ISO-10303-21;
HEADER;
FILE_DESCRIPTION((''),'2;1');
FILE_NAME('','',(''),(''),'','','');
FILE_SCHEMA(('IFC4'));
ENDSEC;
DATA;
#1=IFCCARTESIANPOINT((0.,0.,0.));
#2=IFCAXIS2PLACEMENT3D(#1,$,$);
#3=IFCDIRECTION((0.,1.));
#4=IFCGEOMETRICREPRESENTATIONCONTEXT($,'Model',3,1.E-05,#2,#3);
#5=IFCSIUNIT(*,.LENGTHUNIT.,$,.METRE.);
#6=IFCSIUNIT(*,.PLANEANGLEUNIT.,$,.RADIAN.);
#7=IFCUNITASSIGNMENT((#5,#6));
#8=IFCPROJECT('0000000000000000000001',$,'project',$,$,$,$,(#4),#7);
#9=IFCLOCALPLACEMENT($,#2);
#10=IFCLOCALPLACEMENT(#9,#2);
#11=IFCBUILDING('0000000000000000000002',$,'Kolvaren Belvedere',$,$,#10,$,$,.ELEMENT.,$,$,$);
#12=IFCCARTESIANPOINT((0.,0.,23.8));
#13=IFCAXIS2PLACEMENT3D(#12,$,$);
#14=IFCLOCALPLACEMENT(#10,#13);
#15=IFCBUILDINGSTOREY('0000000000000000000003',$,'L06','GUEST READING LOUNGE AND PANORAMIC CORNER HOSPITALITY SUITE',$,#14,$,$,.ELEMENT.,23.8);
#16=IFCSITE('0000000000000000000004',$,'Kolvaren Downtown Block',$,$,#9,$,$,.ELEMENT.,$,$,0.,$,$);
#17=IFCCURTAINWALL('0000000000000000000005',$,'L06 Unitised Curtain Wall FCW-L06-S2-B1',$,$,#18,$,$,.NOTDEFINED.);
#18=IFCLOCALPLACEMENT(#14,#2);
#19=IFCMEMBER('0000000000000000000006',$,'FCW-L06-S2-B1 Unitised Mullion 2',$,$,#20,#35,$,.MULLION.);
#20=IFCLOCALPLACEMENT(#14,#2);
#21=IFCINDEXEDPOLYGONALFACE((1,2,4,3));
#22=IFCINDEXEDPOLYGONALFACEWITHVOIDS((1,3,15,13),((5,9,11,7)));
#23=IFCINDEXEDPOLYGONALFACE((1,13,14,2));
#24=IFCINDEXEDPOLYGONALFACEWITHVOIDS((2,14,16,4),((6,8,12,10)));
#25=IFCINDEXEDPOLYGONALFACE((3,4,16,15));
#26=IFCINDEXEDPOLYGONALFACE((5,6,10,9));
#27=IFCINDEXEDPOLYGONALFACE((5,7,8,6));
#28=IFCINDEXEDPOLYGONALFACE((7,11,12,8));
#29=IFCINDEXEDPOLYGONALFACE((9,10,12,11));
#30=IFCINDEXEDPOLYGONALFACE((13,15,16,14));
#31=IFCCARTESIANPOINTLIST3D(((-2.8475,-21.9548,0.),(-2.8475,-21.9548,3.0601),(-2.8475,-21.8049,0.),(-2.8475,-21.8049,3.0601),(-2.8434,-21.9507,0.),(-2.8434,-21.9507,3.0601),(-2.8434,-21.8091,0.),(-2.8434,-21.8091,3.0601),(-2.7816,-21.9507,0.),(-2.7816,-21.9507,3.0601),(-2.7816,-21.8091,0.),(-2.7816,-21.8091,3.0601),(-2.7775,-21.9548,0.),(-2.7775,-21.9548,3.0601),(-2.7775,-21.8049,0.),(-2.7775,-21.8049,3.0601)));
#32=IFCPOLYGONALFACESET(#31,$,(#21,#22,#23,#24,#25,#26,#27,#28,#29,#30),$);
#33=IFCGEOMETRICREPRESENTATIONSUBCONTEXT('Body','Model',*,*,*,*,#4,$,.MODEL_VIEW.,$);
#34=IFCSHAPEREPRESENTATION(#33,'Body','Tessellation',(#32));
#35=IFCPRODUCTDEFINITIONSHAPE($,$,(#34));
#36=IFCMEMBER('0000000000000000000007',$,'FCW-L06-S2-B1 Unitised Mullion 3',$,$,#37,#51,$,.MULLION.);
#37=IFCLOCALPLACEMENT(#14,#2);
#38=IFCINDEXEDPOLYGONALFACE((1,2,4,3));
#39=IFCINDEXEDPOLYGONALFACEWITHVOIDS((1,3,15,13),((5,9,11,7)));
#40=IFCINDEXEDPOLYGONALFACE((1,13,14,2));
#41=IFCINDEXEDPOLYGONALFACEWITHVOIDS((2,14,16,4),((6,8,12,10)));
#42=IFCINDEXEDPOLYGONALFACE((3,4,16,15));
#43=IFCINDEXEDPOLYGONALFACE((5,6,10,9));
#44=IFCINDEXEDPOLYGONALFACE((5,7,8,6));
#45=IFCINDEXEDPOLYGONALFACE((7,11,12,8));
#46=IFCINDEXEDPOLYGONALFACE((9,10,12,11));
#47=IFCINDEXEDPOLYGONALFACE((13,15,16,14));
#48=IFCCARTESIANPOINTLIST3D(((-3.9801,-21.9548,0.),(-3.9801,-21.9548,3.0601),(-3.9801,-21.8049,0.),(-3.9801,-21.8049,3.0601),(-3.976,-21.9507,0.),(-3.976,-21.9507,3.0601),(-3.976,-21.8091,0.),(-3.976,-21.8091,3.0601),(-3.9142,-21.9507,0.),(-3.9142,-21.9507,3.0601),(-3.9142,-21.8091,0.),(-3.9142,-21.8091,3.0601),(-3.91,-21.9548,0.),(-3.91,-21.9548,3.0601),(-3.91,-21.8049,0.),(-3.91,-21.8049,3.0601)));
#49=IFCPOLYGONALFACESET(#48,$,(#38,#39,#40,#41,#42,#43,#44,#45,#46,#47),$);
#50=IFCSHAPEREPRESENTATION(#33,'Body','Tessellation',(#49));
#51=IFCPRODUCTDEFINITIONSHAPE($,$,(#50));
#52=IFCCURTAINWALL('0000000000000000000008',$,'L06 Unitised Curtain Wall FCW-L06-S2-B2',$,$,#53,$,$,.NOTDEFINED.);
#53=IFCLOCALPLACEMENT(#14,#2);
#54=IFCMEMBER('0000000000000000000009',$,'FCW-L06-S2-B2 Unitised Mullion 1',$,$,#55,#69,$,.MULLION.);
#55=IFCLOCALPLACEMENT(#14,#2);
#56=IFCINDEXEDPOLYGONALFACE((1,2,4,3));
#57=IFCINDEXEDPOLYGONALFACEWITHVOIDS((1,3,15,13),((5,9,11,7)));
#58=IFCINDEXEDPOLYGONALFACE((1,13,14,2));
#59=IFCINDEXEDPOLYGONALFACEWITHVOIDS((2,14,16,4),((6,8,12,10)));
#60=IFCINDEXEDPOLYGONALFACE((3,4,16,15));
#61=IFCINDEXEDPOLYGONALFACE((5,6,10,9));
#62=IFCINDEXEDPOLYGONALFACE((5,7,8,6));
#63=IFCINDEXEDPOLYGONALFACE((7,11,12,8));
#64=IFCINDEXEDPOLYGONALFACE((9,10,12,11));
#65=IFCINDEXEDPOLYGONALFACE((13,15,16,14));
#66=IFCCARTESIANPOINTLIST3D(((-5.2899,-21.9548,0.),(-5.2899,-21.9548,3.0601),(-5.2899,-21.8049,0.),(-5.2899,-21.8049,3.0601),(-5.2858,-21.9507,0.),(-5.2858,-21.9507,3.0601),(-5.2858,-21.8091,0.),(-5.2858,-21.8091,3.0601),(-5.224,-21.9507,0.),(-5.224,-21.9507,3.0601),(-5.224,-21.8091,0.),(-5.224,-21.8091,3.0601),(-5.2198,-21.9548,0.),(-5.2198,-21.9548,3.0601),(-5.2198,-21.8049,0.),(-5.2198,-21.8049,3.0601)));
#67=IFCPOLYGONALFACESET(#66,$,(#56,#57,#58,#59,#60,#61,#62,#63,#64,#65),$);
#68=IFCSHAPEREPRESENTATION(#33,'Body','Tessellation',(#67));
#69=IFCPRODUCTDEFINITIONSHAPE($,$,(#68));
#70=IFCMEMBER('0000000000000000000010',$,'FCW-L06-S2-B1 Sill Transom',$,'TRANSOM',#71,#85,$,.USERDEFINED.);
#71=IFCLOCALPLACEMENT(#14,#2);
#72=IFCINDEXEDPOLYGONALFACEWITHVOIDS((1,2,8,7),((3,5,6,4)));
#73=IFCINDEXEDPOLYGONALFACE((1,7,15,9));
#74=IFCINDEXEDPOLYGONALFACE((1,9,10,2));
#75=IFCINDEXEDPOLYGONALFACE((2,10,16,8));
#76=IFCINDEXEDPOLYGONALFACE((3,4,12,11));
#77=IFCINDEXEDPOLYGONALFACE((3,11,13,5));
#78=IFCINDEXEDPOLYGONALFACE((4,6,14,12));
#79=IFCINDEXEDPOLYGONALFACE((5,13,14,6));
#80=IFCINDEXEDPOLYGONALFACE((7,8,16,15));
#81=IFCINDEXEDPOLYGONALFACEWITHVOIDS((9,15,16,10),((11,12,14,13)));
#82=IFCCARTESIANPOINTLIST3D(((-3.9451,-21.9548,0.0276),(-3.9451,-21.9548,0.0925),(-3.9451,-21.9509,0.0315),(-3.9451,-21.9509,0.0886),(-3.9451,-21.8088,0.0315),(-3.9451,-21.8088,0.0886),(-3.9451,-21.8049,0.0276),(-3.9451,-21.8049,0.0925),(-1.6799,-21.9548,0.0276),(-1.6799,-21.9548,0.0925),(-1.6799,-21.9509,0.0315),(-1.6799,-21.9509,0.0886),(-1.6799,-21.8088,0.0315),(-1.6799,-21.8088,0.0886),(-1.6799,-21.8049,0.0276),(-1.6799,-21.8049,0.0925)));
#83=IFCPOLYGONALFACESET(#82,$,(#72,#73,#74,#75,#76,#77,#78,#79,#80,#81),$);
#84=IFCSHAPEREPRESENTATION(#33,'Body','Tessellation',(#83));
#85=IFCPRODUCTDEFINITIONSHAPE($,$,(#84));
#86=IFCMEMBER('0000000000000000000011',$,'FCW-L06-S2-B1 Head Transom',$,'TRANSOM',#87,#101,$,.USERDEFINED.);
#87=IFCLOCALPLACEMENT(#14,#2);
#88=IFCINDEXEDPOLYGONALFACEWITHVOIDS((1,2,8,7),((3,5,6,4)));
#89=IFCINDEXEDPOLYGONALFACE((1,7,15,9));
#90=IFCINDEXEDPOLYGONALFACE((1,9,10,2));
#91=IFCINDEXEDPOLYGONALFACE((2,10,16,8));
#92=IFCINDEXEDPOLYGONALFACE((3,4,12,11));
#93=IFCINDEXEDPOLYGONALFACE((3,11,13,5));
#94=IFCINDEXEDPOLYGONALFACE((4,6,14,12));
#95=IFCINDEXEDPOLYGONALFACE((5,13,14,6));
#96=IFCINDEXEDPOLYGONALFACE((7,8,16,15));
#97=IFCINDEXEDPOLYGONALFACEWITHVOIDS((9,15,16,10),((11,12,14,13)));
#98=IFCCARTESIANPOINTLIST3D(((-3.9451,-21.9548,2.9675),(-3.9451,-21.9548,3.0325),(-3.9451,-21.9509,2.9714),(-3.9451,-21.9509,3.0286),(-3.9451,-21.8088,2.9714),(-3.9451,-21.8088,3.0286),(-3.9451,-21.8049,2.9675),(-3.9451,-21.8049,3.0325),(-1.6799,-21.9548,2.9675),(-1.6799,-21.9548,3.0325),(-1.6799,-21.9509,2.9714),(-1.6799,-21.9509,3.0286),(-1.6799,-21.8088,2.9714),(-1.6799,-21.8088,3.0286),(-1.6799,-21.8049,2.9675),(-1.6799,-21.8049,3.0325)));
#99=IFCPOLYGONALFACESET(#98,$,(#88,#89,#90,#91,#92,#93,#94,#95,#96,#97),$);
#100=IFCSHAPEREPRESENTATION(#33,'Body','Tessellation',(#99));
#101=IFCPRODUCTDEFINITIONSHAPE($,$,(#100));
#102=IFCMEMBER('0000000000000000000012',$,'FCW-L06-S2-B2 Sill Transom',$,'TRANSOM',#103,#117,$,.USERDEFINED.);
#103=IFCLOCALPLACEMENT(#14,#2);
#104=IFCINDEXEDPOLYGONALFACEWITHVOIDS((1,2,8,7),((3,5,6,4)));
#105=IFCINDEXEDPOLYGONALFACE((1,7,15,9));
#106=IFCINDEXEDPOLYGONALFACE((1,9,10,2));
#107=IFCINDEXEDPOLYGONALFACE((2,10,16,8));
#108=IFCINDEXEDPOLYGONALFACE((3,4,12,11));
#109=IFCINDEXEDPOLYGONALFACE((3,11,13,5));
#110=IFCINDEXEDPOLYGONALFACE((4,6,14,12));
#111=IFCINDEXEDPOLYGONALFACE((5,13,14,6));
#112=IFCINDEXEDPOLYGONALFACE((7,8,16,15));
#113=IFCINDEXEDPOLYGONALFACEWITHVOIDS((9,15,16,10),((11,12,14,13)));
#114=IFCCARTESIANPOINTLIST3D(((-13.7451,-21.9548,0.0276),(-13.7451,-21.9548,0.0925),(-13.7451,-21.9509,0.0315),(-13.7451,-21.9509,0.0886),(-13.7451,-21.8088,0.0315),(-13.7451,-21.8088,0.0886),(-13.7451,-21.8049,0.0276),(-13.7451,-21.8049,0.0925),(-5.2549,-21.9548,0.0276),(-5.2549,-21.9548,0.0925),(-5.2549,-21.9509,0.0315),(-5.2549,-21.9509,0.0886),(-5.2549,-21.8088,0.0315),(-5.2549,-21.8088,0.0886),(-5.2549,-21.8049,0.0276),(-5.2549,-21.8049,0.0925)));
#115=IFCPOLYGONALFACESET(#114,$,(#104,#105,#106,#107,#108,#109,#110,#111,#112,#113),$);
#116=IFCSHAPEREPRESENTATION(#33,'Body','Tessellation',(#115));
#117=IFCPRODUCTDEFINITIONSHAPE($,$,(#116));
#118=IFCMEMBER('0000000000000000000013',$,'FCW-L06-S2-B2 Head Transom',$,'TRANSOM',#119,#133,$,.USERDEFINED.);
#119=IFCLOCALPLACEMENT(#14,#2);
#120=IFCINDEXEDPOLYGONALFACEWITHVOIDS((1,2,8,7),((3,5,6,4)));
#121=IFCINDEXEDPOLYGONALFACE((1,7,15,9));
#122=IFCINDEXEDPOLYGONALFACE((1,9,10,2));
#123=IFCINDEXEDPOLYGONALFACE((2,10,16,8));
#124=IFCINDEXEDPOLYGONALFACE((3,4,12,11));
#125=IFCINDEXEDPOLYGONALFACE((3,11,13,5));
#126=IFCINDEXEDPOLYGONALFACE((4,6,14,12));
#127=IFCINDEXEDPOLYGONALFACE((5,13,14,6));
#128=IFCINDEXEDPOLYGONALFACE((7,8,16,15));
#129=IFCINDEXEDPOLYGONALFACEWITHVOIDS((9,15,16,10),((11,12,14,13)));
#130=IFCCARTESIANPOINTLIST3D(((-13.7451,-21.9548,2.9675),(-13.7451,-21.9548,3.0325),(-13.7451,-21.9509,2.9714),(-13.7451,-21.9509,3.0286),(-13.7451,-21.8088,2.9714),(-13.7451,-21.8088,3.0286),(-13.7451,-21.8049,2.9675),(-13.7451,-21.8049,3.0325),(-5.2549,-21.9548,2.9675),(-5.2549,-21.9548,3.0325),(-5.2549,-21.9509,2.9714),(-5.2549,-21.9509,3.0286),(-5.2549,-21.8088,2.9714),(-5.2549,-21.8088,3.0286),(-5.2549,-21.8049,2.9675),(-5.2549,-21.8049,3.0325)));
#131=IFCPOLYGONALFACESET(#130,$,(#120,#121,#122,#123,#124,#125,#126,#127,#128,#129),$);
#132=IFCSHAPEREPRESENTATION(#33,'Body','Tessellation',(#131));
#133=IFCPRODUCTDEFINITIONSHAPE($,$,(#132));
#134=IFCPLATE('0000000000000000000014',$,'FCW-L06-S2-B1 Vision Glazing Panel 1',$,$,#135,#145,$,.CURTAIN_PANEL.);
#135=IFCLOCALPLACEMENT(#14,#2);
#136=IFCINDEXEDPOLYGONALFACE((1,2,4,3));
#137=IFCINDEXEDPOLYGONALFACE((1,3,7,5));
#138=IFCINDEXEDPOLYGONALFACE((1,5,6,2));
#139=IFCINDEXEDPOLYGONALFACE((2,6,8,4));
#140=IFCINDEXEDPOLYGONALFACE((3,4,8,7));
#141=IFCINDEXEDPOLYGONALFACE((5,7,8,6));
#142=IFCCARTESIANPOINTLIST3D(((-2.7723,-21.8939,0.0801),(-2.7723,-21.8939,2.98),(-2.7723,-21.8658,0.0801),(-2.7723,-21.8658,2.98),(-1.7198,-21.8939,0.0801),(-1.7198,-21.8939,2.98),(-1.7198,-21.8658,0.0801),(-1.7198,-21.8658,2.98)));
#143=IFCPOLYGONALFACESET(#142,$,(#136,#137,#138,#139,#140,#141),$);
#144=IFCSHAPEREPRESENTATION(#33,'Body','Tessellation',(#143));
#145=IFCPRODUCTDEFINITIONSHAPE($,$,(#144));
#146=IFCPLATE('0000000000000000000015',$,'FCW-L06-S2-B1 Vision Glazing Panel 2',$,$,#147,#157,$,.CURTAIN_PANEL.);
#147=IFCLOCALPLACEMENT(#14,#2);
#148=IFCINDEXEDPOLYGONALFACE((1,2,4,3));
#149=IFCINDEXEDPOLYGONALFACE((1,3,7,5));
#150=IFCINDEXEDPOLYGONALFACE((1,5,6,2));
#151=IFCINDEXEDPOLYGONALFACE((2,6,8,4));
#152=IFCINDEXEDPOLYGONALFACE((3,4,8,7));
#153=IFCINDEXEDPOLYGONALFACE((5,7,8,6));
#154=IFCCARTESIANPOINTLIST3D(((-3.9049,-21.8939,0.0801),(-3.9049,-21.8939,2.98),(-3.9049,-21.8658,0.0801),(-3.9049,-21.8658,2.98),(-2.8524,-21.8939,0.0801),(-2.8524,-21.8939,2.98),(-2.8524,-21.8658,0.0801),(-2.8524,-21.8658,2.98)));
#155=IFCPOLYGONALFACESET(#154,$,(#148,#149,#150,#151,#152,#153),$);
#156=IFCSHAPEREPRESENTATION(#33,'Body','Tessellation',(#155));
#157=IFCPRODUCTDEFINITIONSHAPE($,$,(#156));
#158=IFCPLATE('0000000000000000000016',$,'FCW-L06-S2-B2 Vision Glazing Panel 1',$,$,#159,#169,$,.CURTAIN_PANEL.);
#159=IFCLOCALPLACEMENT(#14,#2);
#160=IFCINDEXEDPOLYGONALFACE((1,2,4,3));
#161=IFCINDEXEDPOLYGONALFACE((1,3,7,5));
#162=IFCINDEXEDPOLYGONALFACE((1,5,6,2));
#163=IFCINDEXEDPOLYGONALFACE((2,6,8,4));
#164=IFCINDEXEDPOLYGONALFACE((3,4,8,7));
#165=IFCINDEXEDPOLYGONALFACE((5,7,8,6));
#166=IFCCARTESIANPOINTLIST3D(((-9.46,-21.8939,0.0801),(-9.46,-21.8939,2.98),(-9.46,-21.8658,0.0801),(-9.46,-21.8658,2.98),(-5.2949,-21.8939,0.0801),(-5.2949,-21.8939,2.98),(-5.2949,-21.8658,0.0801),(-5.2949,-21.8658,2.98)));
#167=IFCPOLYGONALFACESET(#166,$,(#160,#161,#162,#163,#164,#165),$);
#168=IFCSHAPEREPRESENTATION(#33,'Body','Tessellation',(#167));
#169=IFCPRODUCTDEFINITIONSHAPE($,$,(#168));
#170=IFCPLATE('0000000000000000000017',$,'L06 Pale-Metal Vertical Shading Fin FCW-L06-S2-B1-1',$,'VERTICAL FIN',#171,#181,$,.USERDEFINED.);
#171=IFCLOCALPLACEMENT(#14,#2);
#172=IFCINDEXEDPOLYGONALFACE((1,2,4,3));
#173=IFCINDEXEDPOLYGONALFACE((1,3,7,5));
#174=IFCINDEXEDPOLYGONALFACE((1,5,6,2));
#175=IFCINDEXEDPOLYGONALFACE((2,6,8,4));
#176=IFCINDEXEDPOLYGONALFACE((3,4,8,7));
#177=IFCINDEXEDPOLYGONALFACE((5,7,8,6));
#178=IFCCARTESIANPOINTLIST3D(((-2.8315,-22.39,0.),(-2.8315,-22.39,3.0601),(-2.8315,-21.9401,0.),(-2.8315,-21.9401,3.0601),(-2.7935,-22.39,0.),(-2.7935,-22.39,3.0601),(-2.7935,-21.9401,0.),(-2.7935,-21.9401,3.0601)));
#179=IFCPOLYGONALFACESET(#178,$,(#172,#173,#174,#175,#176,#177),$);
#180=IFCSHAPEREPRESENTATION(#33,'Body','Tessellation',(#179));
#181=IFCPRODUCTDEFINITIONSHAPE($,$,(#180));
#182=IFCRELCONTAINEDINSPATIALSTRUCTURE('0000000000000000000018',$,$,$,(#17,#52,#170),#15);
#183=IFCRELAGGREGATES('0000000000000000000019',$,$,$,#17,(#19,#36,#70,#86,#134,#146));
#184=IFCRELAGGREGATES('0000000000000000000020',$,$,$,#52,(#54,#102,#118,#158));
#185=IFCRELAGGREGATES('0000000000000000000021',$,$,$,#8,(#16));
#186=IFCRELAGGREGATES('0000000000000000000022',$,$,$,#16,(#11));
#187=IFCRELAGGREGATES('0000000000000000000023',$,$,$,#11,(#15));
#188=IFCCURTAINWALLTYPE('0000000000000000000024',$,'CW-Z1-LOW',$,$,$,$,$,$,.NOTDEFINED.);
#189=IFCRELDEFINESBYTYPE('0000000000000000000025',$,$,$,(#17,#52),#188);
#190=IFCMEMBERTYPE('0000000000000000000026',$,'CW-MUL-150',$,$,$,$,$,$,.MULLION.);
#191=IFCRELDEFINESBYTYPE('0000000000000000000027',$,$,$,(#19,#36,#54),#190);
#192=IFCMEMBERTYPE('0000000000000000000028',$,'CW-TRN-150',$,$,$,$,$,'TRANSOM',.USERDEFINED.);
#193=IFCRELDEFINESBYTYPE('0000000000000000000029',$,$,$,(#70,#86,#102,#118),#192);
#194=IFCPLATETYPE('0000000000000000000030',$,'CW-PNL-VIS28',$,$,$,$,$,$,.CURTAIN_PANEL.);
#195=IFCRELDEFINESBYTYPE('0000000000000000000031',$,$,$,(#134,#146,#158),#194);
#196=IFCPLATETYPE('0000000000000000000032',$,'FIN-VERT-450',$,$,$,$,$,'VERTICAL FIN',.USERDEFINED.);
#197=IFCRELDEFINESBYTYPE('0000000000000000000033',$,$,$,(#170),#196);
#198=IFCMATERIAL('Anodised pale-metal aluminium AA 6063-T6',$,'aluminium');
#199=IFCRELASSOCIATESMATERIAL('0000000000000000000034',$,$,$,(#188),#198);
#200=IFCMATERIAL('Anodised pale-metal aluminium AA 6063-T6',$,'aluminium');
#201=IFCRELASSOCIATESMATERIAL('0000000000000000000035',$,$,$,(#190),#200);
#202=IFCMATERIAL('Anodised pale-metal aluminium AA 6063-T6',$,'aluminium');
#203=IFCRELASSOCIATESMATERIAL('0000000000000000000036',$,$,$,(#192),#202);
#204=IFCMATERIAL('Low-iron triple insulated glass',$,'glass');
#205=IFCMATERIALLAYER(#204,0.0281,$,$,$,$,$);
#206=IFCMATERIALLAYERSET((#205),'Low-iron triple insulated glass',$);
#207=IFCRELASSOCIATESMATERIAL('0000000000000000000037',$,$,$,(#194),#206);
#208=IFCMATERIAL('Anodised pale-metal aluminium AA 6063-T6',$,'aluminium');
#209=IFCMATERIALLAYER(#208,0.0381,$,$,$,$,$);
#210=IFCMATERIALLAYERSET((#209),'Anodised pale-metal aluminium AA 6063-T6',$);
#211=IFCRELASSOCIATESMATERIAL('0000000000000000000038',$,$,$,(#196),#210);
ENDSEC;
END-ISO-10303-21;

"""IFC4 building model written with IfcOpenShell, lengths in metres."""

from ifc_helpers import new_model, si_unit, direction, frame, origin, origin_2d, place, context, subcontext, project, spatial, rectangle, hollow_rectangle, extrude, material, layer, layer_set, material_profile, profile_set, type_object, element, aggregate, save


model = new_model("IFC4")

# Units and contexts
model_context = context("Model", 3, precision=1e-05, world=origin(), true_north=direction((0.0, 1.0)))
body_context = subcontext(model_context, "Body", "Model", "MODEL_VIEW")
ifc_project = project(units=[si_unit("LENGTHUNIT", "METRE"), si_unit("PLANEANGLEUNIT", "RADIAN")], contexts=[model_context])

# Site, building, storey
site_placement = place(None, origin())
site = spatial("IfcSite", under=ifc_project, at=site_placement, Name="Kolvaren Downtown Block", CompositionType="ELEMENT", RefElevation=0.0)
building_placement = place(site_placement, origin())
building = spatial("IfcBuilding", under=site, at=building_placement, Name="Kolvaren Belvedere", CompositionType="ELEMENT")
storey_placement = place(building_placement, frame((0.0, 0.0, 23.8)))
storey = spatial("IfcBuildingStorey", under=building, at=storey_placement, Name="L06", Description="GUEST READING LOUNGE AND PANORAMIC CORNER HOSPITALITY SUITE", CompositionType="ELEMENT", Elevation=23.8)

# Curtain wall, members
ifc_material_1 = material(Name="Anodised pale-metal aluminium AA 6063-T6", Category="aluminium")
curtain_wall_type = type_object("IfcCurtainWallType", Name="CW-Z1-LOW", PredefinedType="NOTDEFINED", material=ifc_material_1)
curtain_wall_1_placement = place(storey_placement, origin())
curtain_wall_1 = element("IfcCurtainWall", 1, at=curtain_wall_1_placement, inside=storey, type_object=curtain_wall_type, Name="L06 Unitised Curtain Wall FCW-L06-S2-B1", PredefinedType="NOTDEFINED")
ifc_material_2 = material(Name="Anodised pale-metal aluminium AA 6063-T6", Category="aluminium")
ifc_material_profile_1 = material_profile(ifc_material_2, hollow_rectangle(XDim=0.0701, YDim=0.1499, WallThickness=0.0042, at=origin_2d()), Name="ALU-MUL-150X70")
ifc_profile_set_1 = profile_set([ifc_material_profile_1], Name="Anodised pale-metal aluminium AA 6063-T6")
member_type_1 = type_object("IfcMemberType", Name="CW-MUL-150", PredefinedType="MULLION", material=ifc_profile_set_1)
member_1_placement = place(storey_placement, frame((-2.8125, -21.8799, 0.0), z_axis=(0.0, 0.0, 1.0), x_axis=(1.0, 0.0, 0.0)))
member_1 = element("IfcMember", 2, at=member_1_placement, type_object=member_type_1, Name="FCW-L06-S2-B1 Unitised Mullion 2", PredefinedType="MULLION", context=body_context, shape_type="SweptSolid", body=[
    extrude(hollow_rectangle(XDim=0.0701, YDim=0.1499, WallThickness=0.0042, at=origin_2d()), origin(), (0.0, 0.0, 1.0), 3.0601),
])
member_2_placement = place(storey_placement, frame((-3.9451, -21.8799, 0.0), z_axis=(0.0, 0.0, 1.0), x_axis=(1.0, 0.0, 0.0)))
member_2 = element("IfcMember", 3, at=member_2_placement, type_object=member_type_1, Name="FCW-L06-S2-B1 Unitised Mullion 3", PredefinedType="MULLION", context=body_context, shape_type="SweptSolid", body=[
    extrude(hollow_rectangle(XDim=0.0701, YDim=0.1499, WallThickness=0.0042, at=origin_2d()), origin(), (0.0, 0.0, 1.0), 3.0601),
])

# Curtain wall, member
curtain_wall_2_placement = place(storey_placement, origin())
curtain_wall_2 = element("IfcCurtainWall", 4, at=curtain_wall_2_placement, inside=storey, type_object=curtain_wall_type, Name="L06 Unitised Curtain Wall FCW-L06-S2-B2", PredefinedType="NOTDEFINED")
member_3_placement = place(storey_placement, frame((-5.2549, -21.8799, 0.0), z_axis=(0.0, 0.0, 1.0), x_axis=(1.0, 0.0, 0.0)))
member_3 = element("IfcMember", 5, at=member_3_placement, type_object=member_type_1, Name="FCW-L06-S2-B2 Unitised Mullion 1", PredefinedType="MULLION", context=body_context, shape_type="SweptSolid", body=[
    extrude(hollow_rectangle(XDim=0.0701, YDim=0.1499, WallThickness=0.0042, at=origin_2d()), origin(), (0.0, 0.0, 1.0), 3.0601),
])

# Members
ifc_material_3 = material(Name="Anodised pale-metal aluminium AA 6063-T6", Category="aluminium")
ifc_material_profile_2 = material_profile(ifc_material_3, hollow_rectangle(XDim=0.0649, YDim=0.1499, WallThickness=0.0039, at=origin_2d()), Name="ALU-TRN-150X65")
ifc_profile_set_2 = profile_set([ifc_material_profile_2], Name="Anodised pale-metal aluminium AA 6063-T6")
member_type_2 = type_object("IfcMemberType", Name="CW-TRN-150", ElementType="TRANSOM", PredefinedType="USERDEFINED", material=ifc_profile_set_2)
member_4_placement = place(storey_placement, frame((-1.6799, -21.8799, 0.0601), z_axis=(-1.0, 0.0, 0.0), x_axis=(0.0, 0.0, 1.0)))
member_4 = element("IfcMember", 6, at=member_4_placement, type_object=member_type_2, Name="FCW-L06-S2-B1 Sill Transom", ObjectType="TRANSOM", PredefinedType="USERDEFINED", context=body_context, shape_type="SweptSolid", body=[
    extrude(hollow_rectangle(XDim=0.0649, YDim=0.1499, WallThickness=0.0039, at=origin_2d()), origin(), (0.0, 0.0, 1.0), 2.2651),
])
member_5_placement = place(storey_placement, frame((-1.6799, -21.8799, 3.0), z_axis=(-1.0, 0.0, 0.0), x_axis=(0.0, 0.0, 1.0)))
member_5 = element("IfcMember", 7, at=member_5_placement, type_object=member_type_2, Name="FCW-L06-S2-B1 Head Transom", ObjectType="TRANSOM", PredefinedType="USERDEFINED", context=body_context, shape_type="SweptSolid", body=[
    extrude(hollow_rectangle(XDim=0.0649, YDim=0.1499, WallThickness=0.0039, at=origin_2d()), origin(), (0.0, 0.0, 1.0), 2.2651),
])
member_6_placement = place(storey_placement, frame((-5.2549, -21.8799, 0.0601), z_axis=(-1.0, 0.0, 0.0), x_axis=(0.0, 0.0, 1.0)))
member_6 = element("IfcMember", 8, at=member_6_placement, type_object=member_type_2, Name="FCW-L06-S2-B2 Sill Transom", ObjectType="TRANSOM", PredefinedType="USERDEFINED", context=body_context, shape_type="SweptSolid", body=[
    extrude(hollow_rectangle(XDim=0.0649, YDim=0.1499, WallThickness=0.0039, at=origin_2d()), origin(), (0.0, 0.0, 1.0), 8.4902),
])
member_7_placement = place(storey_placement, frame((-5.2549, -21.8799, 3.0), z_axis=(-1.0, 0.0, 0.0), x_axis=(0.0, 0.0, 1.0)))
member_7 = element("IfcMember", 9, at=member_7_placement, type_object=member_type_2, Name="FCW-L06-S2-B2 Head Transom", ObjectType="TRANSOM", PredefinedType="USERDEFINED", context=body_context, shape_type="SweptSolid", body=[
    extrude(hollow_rectangle(XDim=0.0649, YDim=0.1499, WallThickness=0.0039, at=origin_2d()), origin(), (0.0, 0.0, 1.0), 8.4902),
])

# Plates
ifc_material_4 = material(Name="Low-iron triple insulated glass", Category="glass")
ifc_layer_1 = layer(ifc_material_4, 0.0281)
ifc_layer_set_1 = layer_set([ifc_layer_1], Name="Low-iron triple insulated glass")
plate_type_1 = type_object("IfcPlateType", Name="CW-PNL-VIS28", PredefinedType="CURTAIN_PANEL", material=ifc_layer_set_1)
plate_1_placement = place(storey_placement, frame((-2.2461, -21.8799, 0.0801), z_axis=(0.0, 0.0, 1.0), x_axis=(-1.0, 0.0, 0.0)))
plate_1 = element("IfcPlate", 10, at=plate_1_placement, type_object=plate_type_1, Name="FCW-L06-S2-B1 Vision Glazing Panel 1", PredefinedType="CURTAIN_PANEL", context=body_context, shape_type="SweptSolid", body=[
    extrude(rectangle(XDim=1.0525, YDim=0.0281, at=origin_2d()), origin(), (0.0, 0.0, 1.0), 2.8999),
])
plate_2_placement = place(storey_placement, frame((-3.3787, -21.8799, 0.0801), z_axis=(0.0, 0.0, 1.0), x_axis=(-1.0, 0.0, 0.0)))
plate_2 = element("IfcPlate", 11, at=plate_2_placement, type_object=plate_type_1, Name="FCW-L06-S2-B1 Vision Glazing Panel 2", PredefinedType="CURTAIN_PANEL", context=body_context, shape_type="SweptSolid", body=[
    extrude(rectangle(XDim=1.0525, YDim=0.0281, at=origin_2d()), origin(), (0.0, 0.0, 1.0), 2.8999),
])
aggregate(curtain_wall_1, [member_1, member_2, member_4, member_5, plate_1, plate_2])
plate_3_placement = place(storey_placement, frame((-7.3774, -21.8799, 0.0801), z_axis=(0.0, 0.0, 1.0), x_axis=(-1.0, 0.0, 0.0)))
plate_3 = element("IfcPlate", 12, at=plate_3_placement, type_object=plate_type_1, Name="FCW-L06-S2-B2 Vision Glazing Panel 1", PredefinedType="CURTAIN_PANEL", context=body_context, shape_type="SweptSolid", body=[
    extrude(rectangle(XDim=4.165, YDim=0.0281, at=origin_2d()), origin(), (0.0, 0.0, 1.0), 2.8999),
])
aggregate(curtain_wall_2, [member_3, member_6, member_7, plate_3])
ifc_material_5 = material(Name="Anodised pale-metal aluminium AA 6063-T6", Category="aluminium")
ifc_layer_2 = layer(ifc_material_5, 0.0381)
ifc_layer_set_2 = layer_set([ifc_layer_2], Name="Anodised pale-metal aluminium AA 6063-T6")
plate_type_2 = type_object("IfcPlateType", Name="FIN-VERT-450", ElementType="VERTICAL FIN", PredefinedType="USERDEFINED", material=ifc_layer_set_2)
plate_4_placement = place(storey_placement, frame((-2.8125, -22.165, 0.0), z_axis=(0.0, 0.0, 1.0), x_axis=(0.0, 1.0, 0.0)))
element("IfcPlate", 13, at=plate_4_placement, inside=storey, type_object=plate_type_2, Name="L06 Pale-Metal Vertical Shading Fin FCW-L06-S2-B1-1", ObjectType="VERTICAL FIN", PredefinedType="USERDEFINED", context=body_context, shape_type="SweptSolid", body=[
    extrude(rectangle(XDim=0.45, YDim=0.0381, at=origin_2d()), origin(), (0.0, 0.0, 1.0), 3.0601),
])

save(model, "model.ifc")
